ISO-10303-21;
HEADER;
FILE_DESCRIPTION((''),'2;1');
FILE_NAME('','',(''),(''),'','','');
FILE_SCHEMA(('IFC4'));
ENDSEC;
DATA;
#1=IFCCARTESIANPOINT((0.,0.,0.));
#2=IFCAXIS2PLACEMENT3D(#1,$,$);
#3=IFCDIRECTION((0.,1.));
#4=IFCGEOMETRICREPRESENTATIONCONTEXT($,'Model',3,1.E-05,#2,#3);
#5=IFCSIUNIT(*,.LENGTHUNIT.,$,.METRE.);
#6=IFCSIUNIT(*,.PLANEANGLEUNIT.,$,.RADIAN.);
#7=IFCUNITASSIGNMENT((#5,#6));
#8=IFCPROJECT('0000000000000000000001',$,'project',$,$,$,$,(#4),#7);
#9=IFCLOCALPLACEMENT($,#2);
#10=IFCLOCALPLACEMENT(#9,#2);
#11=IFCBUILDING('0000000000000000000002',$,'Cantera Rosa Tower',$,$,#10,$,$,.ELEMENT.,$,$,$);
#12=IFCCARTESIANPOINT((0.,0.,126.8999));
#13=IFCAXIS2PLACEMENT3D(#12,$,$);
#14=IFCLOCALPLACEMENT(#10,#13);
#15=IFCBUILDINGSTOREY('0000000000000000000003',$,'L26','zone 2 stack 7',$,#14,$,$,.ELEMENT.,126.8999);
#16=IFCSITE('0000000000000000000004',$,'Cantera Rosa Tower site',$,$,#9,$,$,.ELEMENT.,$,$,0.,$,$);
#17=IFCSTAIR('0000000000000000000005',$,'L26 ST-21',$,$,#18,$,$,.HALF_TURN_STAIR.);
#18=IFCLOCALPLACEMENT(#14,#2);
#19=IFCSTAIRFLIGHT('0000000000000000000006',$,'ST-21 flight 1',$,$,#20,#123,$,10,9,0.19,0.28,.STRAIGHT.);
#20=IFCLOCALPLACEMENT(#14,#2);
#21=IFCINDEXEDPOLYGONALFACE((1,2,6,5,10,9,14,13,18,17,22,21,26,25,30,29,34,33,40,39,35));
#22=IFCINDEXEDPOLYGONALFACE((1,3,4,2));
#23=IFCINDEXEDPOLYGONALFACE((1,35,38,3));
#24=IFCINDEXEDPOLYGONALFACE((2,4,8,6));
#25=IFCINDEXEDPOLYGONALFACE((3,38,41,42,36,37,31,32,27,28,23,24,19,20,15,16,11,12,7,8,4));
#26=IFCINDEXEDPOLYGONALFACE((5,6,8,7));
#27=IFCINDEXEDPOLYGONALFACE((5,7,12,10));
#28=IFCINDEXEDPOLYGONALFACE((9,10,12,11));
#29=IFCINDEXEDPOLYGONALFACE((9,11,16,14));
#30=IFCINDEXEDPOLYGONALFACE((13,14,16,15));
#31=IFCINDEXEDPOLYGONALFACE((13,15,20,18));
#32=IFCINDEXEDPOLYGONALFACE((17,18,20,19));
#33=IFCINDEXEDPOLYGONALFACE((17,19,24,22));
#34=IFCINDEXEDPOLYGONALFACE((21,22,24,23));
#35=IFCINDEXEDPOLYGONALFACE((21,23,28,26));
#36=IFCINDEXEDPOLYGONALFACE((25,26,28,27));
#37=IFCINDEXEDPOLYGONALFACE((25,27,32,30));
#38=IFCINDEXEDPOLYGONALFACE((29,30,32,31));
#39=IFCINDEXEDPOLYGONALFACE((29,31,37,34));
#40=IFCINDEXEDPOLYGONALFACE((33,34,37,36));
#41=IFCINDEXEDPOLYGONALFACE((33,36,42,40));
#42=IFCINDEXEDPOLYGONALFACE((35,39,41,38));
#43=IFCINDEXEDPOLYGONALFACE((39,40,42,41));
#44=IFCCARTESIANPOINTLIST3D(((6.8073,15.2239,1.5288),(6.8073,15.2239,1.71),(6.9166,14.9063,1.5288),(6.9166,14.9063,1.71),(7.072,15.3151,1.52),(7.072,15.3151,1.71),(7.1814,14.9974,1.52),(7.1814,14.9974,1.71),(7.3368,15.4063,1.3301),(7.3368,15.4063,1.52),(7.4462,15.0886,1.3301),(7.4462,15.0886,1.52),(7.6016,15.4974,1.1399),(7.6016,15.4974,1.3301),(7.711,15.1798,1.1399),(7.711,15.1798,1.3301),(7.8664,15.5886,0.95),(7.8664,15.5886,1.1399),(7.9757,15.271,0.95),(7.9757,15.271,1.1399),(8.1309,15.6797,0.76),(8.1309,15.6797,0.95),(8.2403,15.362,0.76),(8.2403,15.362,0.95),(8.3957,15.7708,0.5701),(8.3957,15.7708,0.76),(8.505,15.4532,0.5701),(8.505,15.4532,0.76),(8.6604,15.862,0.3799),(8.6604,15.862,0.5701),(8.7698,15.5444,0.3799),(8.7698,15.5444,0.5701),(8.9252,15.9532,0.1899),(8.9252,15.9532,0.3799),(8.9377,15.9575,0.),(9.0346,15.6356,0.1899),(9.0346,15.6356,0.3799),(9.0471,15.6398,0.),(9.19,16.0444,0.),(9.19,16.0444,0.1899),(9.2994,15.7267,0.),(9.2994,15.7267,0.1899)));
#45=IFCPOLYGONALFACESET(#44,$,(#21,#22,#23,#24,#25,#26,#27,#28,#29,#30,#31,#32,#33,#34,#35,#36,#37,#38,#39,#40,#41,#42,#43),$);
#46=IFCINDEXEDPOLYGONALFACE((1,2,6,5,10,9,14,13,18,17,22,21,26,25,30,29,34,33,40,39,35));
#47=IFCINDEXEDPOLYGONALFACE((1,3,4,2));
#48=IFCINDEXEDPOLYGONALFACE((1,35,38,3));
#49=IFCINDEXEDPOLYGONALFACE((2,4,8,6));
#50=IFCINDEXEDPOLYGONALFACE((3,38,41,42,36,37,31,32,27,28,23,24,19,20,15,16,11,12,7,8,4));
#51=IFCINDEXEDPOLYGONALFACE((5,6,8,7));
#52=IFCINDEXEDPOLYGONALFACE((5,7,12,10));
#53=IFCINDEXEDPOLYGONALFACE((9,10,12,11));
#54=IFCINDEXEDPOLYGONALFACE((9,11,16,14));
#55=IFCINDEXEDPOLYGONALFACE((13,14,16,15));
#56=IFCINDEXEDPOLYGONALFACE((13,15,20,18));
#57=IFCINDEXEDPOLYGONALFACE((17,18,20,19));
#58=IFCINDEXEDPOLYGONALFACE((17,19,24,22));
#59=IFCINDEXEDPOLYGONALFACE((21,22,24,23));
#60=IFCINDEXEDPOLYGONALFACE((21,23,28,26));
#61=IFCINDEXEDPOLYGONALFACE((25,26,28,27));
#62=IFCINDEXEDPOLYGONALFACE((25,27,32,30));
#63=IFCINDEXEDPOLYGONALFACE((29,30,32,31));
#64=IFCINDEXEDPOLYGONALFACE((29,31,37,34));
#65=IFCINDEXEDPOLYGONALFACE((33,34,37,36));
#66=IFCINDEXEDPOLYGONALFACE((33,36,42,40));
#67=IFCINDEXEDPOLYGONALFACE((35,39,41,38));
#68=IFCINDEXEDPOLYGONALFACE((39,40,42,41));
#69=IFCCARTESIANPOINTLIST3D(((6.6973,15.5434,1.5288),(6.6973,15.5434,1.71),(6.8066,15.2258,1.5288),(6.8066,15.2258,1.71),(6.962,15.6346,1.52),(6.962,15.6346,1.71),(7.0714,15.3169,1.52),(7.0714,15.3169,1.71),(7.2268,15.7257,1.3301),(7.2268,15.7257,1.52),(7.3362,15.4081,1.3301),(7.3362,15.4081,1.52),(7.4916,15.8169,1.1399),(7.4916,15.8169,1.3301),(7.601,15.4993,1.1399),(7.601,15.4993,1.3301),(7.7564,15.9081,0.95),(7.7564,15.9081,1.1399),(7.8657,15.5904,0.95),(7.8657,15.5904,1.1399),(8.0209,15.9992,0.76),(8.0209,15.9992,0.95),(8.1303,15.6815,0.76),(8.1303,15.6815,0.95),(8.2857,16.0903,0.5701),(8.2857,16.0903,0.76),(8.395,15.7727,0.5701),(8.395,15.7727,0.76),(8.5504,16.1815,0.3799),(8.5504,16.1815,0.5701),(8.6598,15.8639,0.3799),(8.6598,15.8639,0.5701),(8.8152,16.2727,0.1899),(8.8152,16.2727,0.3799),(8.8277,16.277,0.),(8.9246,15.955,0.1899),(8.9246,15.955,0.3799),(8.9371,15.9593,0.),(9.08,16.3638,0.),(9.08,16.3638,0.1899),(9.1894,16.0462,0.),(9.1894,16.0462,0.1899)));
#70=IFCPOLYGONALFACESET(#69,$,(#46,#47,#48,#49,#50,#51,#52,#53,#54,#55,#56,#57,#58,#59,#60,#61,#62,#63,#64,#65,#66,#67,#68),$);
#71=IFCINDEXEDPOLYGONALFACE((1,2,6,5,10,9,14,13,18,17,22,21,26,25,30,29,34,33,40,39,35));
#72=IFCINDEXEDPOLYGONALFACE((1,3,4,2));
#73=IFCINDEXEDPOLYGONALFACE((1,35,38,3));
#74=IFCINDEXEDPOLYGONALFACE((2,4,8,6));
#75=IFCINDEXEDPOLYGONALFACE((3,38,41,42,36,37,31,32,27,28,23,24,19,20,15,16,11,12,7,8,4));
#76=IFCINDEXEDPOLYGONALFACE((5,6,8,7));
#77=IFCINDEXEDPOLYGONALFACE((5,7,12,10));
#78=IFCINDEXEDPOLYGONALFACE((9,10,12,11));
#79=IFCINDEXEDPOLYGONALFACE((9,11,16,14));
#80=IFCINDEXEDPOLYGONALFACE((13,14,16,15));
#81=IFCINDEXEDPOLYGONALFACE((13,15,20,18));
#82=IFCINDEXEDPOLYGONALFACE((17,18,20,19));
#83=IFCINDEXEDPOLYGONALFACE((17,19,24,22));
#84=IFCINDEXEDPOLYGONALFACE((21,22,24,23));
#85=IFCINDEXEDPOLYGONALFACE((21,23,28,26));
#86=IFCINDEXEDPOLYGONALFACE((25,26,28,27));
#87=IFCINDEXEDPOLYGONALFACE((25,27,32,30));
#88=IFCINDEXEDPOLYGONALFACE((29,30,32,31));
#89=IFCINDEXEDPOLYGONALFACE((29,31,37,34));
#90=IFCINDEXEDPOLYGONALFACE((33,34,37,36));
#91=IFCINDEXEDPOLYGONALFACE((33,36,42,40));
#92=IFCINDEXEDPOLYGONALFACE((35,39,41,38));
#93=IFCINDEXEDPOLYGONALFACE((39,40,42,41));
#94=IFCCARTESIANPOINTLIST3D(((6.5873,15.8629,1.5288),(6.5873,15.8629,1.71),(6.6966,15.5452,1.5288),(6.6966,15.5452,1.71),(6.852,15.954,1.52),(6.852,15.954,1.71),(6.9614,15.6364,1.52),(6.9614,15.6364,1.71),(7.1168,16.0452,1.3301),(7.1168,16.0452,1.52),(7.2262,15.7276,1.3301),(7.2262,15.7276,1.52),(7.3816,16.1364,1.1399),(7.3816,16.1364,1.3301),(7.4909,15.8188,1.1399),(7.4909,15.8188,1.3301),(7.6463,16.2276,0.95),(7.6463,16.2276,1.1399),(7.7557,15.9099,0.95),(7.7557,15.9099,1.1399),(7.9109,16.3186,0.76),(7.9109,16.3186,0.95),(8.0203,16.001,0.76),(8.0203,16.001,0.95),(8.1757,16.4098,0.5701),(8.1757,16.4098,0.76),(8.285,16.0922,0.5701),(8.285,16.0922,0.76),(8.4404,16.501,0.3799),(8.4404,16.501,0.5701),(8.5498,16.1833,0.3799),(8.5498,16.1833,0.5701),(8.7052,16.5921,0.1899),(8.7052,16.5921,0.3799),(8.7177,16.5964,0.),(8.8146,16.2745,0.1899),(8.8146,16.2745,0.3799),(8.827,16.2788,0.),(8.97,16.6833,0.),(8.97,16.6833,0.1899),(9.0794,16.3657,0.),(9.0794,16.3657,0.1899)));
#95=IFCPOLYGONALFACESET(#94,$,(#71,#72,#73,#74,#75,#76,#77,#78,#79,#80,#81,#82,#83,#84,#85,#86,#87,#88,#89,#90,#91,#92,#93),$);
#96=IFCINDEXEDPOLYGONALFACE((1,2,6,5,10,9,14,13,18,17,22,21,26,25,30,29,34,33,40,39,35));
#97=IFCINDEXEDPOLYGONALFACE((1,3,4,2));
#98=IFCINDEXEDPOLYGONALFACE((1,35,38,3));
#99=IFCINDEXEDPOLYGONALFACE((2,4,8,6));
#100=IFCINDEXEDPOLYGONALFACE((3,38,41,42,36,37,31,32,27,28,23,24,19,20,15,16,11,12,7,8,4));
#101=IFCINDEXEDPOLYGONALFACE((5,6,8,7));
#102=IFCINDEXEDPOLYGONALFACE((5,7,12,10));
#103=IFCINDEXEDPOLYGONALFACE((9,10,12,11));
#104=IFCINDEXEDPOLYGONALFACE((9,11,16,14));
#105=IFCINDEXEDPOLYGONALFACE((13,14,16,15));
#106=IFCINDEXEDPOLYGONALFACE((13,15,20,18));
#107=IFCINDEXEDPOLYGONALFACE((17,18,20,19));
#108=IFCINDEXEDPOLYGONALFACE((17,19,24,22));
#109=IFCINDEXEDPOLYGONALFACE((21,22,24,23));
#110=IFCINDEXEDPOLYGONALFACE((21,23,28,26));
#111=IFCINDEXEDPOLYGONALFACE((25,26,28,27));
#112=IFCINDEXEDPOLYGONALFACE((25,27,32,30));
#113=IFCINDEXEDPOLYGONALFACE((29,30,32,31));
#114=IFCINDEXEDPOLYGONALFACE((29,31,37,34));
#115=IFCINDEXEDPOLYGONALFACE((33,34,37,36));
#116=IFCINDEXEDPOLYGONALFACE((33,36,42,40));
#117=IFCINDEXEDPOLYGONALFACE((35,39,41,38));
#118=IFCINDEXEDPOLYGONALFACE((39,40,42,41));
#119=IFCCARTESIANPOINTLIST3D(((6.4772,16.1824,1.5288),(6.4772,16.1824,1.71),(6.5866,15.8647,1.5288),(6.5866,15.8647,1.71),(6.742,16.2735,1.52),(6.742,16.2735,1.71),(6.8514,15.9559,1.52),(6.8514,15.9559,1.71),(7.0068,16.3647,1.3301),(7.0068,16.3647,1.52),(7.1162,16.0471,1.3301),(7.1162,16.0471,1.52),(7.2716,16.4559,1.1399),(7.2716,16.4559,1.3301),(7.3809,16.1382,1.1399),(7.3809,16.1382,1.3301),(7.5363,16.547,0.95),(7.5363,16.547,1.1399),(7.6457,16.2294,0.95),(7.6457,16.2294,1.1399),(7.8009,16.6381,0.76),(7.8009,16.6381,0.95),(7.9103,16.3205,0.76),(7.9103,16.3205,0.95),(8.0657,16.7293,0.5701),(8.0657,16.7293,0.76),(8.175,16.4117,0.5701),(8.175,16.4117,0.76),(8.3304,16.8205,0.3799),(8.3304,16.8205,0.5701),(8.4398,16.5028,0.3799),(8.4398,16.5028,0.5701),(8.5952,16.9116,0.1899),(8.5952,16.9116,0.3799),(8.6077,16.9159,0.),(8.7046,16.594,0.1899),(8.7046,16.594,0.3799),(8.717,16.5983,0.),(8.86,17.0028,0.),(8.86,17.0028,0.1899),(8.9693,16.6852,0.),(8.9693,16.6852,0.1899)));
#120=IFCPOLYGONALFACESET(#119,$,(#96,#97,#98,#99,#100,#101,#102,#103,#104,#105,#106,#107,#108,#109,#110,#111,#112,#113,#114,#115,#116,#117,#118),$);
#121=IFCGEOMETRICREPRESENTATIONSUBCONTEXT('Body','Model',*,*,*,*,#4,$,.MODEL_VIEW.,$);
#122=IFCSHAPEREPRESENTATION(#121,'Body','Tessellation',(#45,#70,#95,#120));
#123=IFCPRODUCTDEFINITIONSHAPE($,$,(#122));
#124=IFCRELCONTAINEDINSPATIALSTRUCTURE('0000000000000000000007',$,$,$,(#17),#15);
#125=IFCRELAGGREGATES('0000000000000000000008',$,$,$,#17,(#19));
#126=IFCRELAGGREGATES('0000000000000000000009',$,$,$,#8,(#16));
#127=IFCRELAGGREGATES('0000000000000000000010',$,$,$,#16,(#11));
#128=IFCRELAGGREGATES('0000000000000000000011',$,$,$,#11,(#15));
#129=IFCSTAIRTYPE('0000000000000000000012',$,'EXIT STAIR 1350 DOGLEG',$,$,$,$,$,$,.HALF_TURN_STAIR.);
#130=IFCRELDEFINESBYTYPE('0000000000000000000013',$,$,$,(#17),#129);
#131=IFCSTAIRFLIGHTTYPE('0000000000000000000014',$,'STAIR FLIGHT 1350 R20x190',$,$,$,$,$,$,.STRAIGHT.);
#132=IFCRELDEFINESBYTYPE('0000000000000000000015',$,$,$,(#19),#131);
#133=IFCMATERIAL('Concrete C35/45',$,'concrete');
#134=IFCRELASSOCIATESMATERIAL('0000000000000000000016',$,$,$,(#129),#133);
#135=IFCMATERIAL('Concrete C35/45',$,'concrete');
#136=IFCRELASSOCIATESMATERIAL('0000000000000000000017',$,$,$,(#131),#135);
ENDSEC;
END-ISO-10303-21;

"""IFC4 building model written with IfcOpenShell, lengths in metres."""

from ifc_helpers import new_model, si_unit, direction, frame, origin, place, context, subcontext, project, spatial, polyline, outline, extrude, material, type_object, element, aggregate, save


model = new_model("IFC4")

# Units and contexts
model_context = context("Model", 3, precision=1e-05, world=origin(), true_north=direction((0.0, 1.0)))
body_context = subcontext(model_context, "Body", "Model", "MODEL_VIEW")
ifc_project = project(units=[si_unit("LENGTHUNIT", "METRE"), si_unit("PLANEANGLEUNIT", "RADIAN")], contexts=[model_context])

# Site, building, storey
site_placement = place(None, origin())
site = spatial("IfcSite", under=ifc_project, at=site_placement, Name="Cantera Rosa Tower site", CompositionType="ELEMENT", RefElevation=0.0)
building_placement = place(site_placement, origin())
building = spatial("IfcBuilding", under=site, at=building_placement, Name="Cantera Rosa Tower", CompositionType="ELEMENT")
storey_placement = place(building_placement, frame((0.0, 0.0, 126.8999)))
storey = spatial("IfcBuildingStorey", under=building, at=storey_placement, Name="L26", Description="zone 2 stack 7", CompositionType="ELEMENT", Elevation=126.8999)

# Stair, stair flight
ifc_material_1 = material(Name="Concrete C35/45", Category="concrete")
stair_type = type_object("IfcStairType", Name="EXIT STAIR 1350 DOGLEG", PredefinedType="HALF_TURN_STAIR", material=ifc_material_1)
stair_placement = place(storey_placement, origin())
stair = element("IfcStair", 1, at=stair_placement, inside=storey, type_object=stair_type, Name="L26 ST-21", PredefinedType="HALF_TURN_STAIR")
ifc_material_2 = material(Name="Concrete C35/45", Category="concrete")
stair_flight_type = type_object("IfcStairFlightType", Name="STAIR FLIGHT 1350 R20x190", PredefinedType="STRAIGHT", material=ifc_material_2)
stair_flight_placement = place(storey_placement, frame((9.0796, 16.365, 0.0), z_axis=(0.0, 0.0, 1.0), x_axis=(-0.945519, -0.325568, 0.0)))
stair_flight = element("IfcStairFlight", 2, at=stair_flight_placement, type_object=stair_flight_type, Name="ST-21 flight 1", NumberOfRisers=10, NumberOfTreads=9, PredefinedType="STRAIGHT", RiserHeight=0.19, TreadLength=0.28, context=body_context, shape_type="SweptSolid", body=[
    extrude(outline(polyline([(0.0, 0.0), (0.0, 0.1899), (0.28, 0.1899), (0.28, 0.3799), (0.5601, 0.3799), (0.5601, 0.5701), (0.8401, 0.5701), (0.8401, 0.76), (1.1201, 0.76), (1.1201, 0.95), (1.3999, 0.95), (1.3999, 1.1399), (1.6799, 1.1399), (1.6799, 1.3301), (1.96, 1.3301), (1.96, 1.52), (2.24, 1.52), (2.24, 1.71), (2.52, 1.71), (2.52, 1.8999), (2.52, 1.5288), (0.2668, 0.0), (0.0, 0.0)])), frame((0.0, 0.675, 0.0), z_axis=(0.0, -1.0, 0.0), x_axis=(1.0, 0.0, 0.0)), (0.0, 0.0, 1.0), 0.3359),
    extrude(outline(polyline([(0.0, 0.0), (0.0, 0.1899), (0.28, 0.1899), (0.28, 0.3799), (0.5601, 0.3799), (0.5601, 0.5701), (0.8401, 0.5701), (0.8401, 0.76), (1.1201, 0.76), (1.1201, 0.95), (1.3999, 0.95), (1.3999, 1.1399), (1.6799, 1.1399), (1.6799, 1.3301), (1.96, 1.3301), (1.96, 1.52), (2.24, 1.52), (2.24, 1.71), (2.52, 1.71), (2.52, 1.8999), (2.52, 1.5288), (0.2668, 0.0), (0.0, 0.0)])), frame((0.0, 0.3372, 0.0), z_axis=(0.0, -1.0, 0.0), x_axis=(1.0, 0.0, 0.0)), (0.0, 0.0, 1.0), 0.3359),
    extrude(outline(polyline([(0.0, 0.0), (0.0, 0.1899), (0.28, 0.1899), (0.28, 0.3799), (0.5601, 0.3799), (0.5601, 0.5701), (0.8401, 0.5701), (0.8401, 0.76), (1.1201, 0.76), (1.1201, 0.95), (1.3999, 0.95), (1.3999, 1.1399), (1.6799, 1.1399), (1.6799, 1.3301), (1.96, 1.3301), (1.96, 1.52), (2.24, 1.52), (2.24, 1.71), (2.52, 1.71), (2.52, 1.8999), (2.52, 1.5288), (0.2668, 0.0), (0.0, 0.0)])), frame((0.0, -0.0007, 0.0), z_axis=(0.0, -1.0, 0.0), x_axis=(1.0, 0.0, 0.0)), (0.0, 0.0, 1.0), 0.3359),
    extrude(outline(polyline([(0.0, 0.0), (0.0, 0.1899), (0.28, 0.1899), (0.28, 0.3799), (0.5601, 0.3799), (0.5601, 0.5701), (0.8401, 0.5701), (0.8401, 0.76), (1.1201, 0.76), (1.1201, 0.95), (1.3999, 0.95), (1.3999, 1.1399), (1.6799, 1.1399), (1.6799, 1.3301), (1.96, 1.3301), (1.96, 1.52), (2.24, 1.52), (2.24, 1.71), (2.52, 1.71), (2.52, 1.8999), (2.52, 1.5288), (0.2668, 0.0), (0.0, 0.0)])), frame((0.0, -0.3386, 0.0), z_axis=(0.0, -1.0, 0.0), x_axis=(1.0, 0.0, 0.0)), (0.0, 0.0, 1.0), 0.3359),
])
aggregate(stair, [stair_flight])

save(model, "model.ifc")
